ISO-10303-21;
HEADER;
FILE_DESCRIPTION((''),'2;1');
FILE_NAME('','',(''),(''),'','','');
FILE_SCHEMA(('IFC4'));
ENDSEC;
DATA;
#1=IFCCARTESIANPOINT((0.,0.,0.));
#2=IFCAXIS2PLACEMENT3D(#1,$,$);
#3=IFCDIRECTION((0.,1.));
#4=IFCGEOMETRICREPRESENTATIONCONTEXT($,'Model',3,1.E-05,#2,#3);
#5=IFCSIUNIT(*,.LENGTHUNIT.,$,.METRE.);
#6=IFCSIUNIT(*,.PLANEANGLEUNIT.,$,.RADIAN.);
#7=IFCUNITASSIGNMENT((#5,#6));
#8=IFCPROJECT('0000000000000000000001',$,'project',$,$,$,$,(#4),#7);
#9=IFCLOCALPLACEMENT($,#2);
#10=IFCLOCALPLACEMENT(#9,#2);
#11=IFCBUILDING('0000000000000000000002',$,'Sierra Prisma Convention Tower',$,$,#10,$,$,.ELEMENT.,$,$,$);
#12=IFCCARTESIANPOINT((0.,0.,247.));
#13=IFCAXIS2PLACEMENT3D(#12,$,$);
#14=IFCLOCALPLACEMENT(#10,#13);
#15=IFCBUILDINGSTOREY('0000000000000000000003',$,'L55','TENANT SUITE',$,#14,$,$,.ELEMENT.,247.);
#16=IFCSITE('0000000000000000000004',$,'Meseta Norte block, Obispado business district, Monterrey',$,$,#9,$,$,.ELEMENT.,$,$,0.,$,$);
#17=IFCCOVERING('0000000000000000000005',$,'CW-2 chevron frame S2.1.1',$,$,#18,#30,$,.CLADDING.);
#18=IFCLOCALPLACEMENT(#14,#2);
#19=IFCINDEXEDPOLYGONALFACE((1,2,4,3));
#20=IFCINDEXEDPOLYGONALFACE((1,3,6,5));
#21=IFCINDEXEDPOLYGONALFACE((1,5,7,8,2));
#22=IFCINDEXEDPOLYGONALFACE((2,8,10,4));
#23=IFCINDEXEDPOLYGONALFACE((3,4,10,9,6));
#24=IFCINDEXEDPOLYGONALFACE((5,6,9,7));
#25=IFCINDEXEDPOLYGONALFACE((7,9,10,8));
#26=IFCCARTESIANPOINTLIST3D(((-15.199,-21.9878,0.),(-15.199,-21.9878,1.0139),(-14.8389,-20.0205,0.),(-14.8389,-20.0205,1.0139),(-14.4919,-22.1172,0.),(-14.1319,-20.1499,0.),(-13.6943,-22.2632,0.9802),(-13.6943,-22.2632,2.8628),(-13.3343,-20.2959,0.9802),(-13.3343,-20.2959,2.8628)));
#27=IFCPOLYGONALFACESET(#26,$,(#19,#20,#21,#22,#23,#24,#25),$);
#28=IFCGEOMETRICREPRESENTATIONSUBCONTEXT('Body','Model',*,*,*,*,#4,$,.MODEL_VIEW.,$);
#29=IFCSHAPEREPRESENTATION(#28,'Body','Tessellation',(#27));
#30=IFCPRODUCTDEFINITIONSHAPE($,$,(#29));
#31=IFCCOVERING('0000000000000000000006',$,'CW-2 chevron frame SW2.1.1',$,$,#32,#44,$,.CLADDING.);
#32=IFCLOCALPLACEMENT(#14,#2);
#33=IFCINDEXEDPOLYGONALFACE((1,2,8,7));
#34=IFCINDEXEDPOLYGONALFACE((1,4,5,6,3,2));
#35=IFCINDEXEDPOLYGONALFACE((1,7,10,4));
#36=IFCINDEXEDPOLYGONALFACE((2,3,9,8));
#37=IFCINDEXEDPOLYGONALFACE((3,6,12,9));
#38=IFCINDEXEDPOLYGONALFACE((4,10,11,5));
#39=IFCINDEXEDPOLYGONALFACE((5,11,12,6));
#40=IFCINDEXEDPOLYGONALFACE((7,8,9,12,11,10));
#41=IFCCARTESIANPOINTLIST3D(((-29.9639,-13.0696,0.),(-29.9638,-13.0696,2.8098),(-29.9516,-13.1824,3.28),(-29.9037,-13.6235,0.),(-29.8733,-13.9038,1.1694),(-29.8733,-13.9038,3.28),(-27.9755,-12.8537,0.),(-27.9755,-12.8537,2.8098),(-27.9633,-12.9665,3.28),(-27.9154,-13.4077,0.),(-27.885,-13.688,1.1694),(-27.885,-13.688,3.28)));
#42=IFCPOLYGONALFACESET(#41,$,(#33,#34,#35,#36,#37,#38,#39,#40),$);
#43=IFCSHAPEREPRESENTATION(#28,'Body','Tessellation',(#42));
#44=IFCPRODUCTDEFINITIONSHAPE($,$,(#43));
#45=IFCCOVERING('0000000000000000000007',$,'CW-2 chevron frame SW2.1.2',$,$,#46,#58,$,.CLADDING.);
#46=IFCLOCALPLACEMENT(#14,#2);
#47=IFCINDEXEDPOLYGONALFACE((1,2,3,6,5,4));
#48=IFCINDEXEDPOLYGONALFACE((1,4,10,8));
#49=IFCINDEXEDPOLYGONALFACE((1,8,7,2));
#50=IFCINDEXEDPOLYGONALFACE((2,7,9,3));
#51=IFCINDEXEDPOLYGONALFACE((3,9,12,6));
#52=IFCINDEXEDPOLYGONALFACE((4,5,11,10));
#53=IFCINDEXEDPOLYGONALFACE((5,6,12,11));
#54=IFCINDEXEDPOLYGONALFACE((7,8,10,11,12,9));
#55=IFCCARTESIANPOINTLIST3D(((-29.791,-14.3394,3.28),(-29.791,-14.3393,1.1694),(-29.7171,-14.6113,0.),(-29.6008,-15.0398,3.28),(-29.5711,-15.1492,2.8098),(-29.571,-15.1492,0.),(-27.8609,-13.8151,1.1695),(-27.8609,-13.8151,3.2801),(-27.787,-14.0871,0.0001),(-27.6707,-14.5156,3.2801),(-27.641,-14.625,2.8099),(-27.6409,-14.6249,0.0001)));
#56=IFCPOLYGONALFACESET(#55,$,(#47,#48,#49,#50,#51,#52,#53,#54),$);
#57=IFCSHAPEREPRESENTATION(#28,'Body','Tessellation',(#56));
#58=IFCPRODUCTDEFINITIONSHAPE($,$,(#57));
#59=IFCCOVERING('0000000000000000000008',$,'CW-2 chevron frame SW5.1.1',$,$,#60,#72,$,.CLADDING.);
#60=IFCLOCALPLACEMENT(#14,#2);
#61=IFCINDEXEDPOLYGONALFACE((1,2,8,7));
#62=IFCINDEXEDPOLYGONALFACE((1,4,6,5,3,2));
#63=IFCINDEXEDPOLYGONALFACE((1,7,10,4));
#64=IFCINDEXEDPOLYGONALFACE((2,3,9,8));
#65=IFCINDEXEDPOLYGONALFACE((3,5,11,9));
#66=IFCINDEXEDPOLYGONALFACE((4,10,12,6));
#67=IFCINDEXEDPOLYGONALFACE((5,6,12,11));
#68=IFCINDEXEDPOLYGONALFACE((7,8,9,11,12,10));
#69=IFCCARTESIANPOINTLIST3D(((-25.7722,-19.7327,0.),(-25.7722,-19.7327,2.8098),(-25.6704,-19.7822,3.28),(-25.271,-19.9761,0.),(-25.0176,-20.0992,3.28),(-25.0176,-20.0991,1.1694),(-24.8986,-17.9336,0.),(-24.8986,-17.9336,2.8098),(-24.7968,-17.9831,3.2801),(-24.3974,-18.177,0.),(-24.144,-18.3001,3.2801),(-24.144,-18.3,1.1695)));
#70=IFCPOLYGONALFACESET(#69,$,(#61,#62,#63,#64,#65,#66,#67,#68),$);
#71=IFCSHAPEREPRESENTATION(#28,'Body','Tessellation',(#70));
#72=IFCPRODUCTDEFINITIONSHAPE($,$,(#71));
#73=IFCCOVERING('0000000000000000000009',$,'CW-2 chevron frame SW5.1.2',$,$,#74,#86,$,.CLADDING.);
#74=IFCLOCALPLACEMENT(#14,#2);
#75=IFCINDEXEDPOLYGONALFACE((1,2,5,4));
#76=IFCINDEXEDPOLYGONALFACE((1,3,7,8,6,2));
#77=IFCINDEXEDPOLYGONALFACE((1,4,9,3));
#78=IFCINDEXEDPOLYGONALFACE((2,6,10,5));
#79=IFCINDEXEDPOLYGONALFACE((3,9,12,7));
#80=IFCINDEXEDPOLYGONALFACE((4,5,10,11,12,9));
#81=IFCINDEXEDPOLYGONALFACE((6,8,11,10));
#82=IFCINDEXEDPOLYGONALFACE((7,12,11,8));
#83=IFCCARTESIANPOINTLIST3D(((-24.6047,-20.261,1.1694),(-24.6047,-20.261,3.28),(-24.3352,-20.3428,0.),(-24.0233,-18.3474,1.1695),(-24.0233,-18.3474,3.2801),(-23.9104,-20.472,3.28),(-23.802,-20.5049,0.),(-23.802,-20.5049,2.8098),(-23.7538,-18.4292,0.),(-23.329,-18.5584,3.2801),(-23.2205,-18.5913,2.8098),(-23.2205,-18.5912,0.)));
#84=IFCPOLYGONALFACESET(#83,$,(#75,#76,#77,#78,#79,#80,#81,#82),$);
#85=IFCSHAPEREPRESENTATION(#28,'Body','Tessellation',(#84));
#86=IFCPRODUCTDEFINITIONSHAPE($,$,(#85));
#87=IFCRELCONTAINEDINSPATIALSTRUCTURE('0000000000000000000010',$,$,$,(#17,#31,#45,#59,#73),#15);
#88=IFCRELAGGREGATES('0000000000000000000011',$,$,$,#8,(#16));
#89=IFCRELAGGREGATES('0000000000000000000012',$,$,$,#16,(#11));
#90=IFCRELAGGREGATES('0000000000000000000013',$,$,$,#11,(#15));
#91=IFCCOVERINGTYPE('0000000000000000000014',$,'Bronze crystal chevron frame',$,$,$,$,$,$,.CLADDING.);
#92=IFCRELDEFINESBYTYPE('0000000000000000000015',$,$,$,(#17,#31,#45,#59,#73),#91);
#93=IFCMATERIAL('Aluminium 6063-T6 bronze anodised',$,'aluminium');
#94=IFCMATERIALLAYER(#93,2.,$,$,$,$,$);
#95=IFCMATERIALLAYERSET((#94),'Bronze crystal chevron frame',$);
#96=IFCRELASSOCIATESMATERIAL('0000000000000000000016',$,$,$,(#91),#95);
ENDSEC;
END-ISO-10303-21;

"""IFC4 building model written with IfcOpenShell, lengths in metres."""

from ifc_helpers import new_model, si_unit, direction, frame, origin, place, context, subcontext, project, spatial, polyline, outline, extrude, material, layer, layer_set, type_object, element, save


model = new_model("IFC4")

# Units and contexts
model_context = context("Model", 3, precision=1e-05, world=origin(), true_north=direction((0.0, 1.0)))
body_context = subcontext(model_context, "Body", "Model", "MODEL_VIEW")
ifc_project = project(units=[si_unit("LENGTHUNIT", "METRE"), si_unit("PLANEANGLEUNIT", "RADIAN")], contexts=[model_context])

# Site, building, storey
site_placement = place(None, origin())
site = spatial("IfcSite", under=ifc_project, at=site_placement, Name="Meseta Norte block, Obispado business district, Monterrey", CompositionType="ELEMENT", RefElevation=0.0)
building_placement = place(site_placement, origin())
building = spatial("IfcBuilding", under=site, at=building_placement, Name="Sierra Prisma Convention Tower", CompositionType="ELEMENT")
storey_placement = place(building_placement, frame((0.0, 0.0, 247.0)))
storey = spatial("IfcBuildingStorey", under=building, at=storey_placement, Name="L55", Description="TENANT SUITE", CompositionType="ELEMENT", Elevation=247.0)

# Coverings
ifc_material_1 = material(Name="Aluminium 6063-T6 bronze anodised", Category="aluminium")
ifc_layer_1 = layer(ifc_material_1, 2.0)
ifc_layer_set_1 = layer_set([ifc_layer_1], Name="Bronze crystal chevron frame")
covering_type = type_object("IfcCoveringType", Name="Bronze crystal chevron frame", PredefinedType="CLADDING", material=ifc_layer_set_1)
covering_1_placement = place(storey_placement, frame((-15.199, -21.9878, 0.0), z_axis=(-0.180035, -0.98366, -0.000003), x_axis=(0.98366, -0.180035, 0.0)))
element("IfcCovering", 1, at=covering_1_placement, inside=storey, type_object=covering_type, Name="CW-2 chevron frame S2.1.1", PredefinedType="CLADDING", context=body_context, shape_type="SweptSolid", body=[
    extrude(outline(polyline([(0.0, 0.0), (0.7188, 0.0), (1.5296, 0.9802), (1.5296, 2.8628), (0.0, 1.0139), (0.0, 0.0)])), origin(), (0.0, 0.0, -1.0), 2.0),
])
covering_2_placement = place(storey_placement, frame((-29.9639, -13.0696, 0.0), z_axis=(-0.994159, -0.107924, 0.000008), x_axis=(0.107924, -0.994159, 0.0)))
element("IfcCovering", 2, at=covering_2_placement, inside=storey, type_object=covering_type, Name="CW-2 chevron frame SW2.1.1", PredefinedType="CLADDING", context=body_context, shape_type="SweptSolid", body=[
    extrude(outline(polyline([(0.0, 0.0), (0.5572, 0.0), (0.8391, 1.1694), (0.8391, 3.28), (0.1135, 3.28), (0.0, 2.8098), (0.0, 0.0)])), origin(), (0.0, 0.0, -1.0), 2.0),
])
covering_3_placement = place(storey_placement, frame((-29.791, -14.3394, 3.28), z_axis=(-0.965039, -0.262105, -0.000027), x_axis=(0.000027, 0.000007, -1.0)))
element("IfcCovering", 3, at=covering_3_placement, inside=storey, type_object=covering_type, Name="CW-2 chevron frame SW2.1.2", PredefinedType="CLADDING", context=body_context, shape_type="SweptSolid", body=[
    extrude(outline(polyline([(0.0, 0.0), (2.1106, 0.0), (3.28, 0.2819), (3.28, 0.8392), (0.4702, 0.8392), (0.0, 0.7258), (0.0, 0.0)])), origin(), (0.0, 0.0, -1.0), 2.0),
])
covering_4_placement = place(storey_placement, frame((-25.7722, -19.7327, 0.0), z_axis=(-0.436817, -0.899551, -0.000016), x_axis=(0.899551, -0.436817, 0.0)))
element("IfcCovering", 4, at=covering_4_placement, inside=storey, type_object=covering_type, Name="CW-2 chevron frame SW5.1.1", PredefinedType="CLADDING", context=body_context, shape_type="SweptSolid", body=[
    extrude(outline(polyline([(0.0, 0.0), (0.5572, 0.0), (0.8389, 1.1694), (0.8389, 3.28), (0.1132, 3.28), (0.0, 2.8098), (0.0, 0.0)])), origin(), (0.0, 0.0, -1.0), 2.0),
])
covering_5_placement = place(storey_placement, frame((-24.6047, -20.261, 3.28), z_axis=(-0.29073, -0.956805, -0.000013), x_axis=(0.000004, 0.000012, -1.0)))
element("IfcCovering", 5, at=covering_5_placement, inside=storey, type_object=covering_type, Name="CW-2 chevron frame SW5.1.2", PredefinedType="CLADDING", context=body_context, shape_type="SweptSolid", body=[
    extrude(outline(polyline([(0.0, 0.0), (2.1106, 0.0), (3.28, 0.2817), (3.28, 0.839), (0.4702, 0.839), (0.0, 0.7257), (0.0, 0.0)])), origin(), (0.0, 0.0, -1.0), 2.0),
])

save(model, "model.ifc")
